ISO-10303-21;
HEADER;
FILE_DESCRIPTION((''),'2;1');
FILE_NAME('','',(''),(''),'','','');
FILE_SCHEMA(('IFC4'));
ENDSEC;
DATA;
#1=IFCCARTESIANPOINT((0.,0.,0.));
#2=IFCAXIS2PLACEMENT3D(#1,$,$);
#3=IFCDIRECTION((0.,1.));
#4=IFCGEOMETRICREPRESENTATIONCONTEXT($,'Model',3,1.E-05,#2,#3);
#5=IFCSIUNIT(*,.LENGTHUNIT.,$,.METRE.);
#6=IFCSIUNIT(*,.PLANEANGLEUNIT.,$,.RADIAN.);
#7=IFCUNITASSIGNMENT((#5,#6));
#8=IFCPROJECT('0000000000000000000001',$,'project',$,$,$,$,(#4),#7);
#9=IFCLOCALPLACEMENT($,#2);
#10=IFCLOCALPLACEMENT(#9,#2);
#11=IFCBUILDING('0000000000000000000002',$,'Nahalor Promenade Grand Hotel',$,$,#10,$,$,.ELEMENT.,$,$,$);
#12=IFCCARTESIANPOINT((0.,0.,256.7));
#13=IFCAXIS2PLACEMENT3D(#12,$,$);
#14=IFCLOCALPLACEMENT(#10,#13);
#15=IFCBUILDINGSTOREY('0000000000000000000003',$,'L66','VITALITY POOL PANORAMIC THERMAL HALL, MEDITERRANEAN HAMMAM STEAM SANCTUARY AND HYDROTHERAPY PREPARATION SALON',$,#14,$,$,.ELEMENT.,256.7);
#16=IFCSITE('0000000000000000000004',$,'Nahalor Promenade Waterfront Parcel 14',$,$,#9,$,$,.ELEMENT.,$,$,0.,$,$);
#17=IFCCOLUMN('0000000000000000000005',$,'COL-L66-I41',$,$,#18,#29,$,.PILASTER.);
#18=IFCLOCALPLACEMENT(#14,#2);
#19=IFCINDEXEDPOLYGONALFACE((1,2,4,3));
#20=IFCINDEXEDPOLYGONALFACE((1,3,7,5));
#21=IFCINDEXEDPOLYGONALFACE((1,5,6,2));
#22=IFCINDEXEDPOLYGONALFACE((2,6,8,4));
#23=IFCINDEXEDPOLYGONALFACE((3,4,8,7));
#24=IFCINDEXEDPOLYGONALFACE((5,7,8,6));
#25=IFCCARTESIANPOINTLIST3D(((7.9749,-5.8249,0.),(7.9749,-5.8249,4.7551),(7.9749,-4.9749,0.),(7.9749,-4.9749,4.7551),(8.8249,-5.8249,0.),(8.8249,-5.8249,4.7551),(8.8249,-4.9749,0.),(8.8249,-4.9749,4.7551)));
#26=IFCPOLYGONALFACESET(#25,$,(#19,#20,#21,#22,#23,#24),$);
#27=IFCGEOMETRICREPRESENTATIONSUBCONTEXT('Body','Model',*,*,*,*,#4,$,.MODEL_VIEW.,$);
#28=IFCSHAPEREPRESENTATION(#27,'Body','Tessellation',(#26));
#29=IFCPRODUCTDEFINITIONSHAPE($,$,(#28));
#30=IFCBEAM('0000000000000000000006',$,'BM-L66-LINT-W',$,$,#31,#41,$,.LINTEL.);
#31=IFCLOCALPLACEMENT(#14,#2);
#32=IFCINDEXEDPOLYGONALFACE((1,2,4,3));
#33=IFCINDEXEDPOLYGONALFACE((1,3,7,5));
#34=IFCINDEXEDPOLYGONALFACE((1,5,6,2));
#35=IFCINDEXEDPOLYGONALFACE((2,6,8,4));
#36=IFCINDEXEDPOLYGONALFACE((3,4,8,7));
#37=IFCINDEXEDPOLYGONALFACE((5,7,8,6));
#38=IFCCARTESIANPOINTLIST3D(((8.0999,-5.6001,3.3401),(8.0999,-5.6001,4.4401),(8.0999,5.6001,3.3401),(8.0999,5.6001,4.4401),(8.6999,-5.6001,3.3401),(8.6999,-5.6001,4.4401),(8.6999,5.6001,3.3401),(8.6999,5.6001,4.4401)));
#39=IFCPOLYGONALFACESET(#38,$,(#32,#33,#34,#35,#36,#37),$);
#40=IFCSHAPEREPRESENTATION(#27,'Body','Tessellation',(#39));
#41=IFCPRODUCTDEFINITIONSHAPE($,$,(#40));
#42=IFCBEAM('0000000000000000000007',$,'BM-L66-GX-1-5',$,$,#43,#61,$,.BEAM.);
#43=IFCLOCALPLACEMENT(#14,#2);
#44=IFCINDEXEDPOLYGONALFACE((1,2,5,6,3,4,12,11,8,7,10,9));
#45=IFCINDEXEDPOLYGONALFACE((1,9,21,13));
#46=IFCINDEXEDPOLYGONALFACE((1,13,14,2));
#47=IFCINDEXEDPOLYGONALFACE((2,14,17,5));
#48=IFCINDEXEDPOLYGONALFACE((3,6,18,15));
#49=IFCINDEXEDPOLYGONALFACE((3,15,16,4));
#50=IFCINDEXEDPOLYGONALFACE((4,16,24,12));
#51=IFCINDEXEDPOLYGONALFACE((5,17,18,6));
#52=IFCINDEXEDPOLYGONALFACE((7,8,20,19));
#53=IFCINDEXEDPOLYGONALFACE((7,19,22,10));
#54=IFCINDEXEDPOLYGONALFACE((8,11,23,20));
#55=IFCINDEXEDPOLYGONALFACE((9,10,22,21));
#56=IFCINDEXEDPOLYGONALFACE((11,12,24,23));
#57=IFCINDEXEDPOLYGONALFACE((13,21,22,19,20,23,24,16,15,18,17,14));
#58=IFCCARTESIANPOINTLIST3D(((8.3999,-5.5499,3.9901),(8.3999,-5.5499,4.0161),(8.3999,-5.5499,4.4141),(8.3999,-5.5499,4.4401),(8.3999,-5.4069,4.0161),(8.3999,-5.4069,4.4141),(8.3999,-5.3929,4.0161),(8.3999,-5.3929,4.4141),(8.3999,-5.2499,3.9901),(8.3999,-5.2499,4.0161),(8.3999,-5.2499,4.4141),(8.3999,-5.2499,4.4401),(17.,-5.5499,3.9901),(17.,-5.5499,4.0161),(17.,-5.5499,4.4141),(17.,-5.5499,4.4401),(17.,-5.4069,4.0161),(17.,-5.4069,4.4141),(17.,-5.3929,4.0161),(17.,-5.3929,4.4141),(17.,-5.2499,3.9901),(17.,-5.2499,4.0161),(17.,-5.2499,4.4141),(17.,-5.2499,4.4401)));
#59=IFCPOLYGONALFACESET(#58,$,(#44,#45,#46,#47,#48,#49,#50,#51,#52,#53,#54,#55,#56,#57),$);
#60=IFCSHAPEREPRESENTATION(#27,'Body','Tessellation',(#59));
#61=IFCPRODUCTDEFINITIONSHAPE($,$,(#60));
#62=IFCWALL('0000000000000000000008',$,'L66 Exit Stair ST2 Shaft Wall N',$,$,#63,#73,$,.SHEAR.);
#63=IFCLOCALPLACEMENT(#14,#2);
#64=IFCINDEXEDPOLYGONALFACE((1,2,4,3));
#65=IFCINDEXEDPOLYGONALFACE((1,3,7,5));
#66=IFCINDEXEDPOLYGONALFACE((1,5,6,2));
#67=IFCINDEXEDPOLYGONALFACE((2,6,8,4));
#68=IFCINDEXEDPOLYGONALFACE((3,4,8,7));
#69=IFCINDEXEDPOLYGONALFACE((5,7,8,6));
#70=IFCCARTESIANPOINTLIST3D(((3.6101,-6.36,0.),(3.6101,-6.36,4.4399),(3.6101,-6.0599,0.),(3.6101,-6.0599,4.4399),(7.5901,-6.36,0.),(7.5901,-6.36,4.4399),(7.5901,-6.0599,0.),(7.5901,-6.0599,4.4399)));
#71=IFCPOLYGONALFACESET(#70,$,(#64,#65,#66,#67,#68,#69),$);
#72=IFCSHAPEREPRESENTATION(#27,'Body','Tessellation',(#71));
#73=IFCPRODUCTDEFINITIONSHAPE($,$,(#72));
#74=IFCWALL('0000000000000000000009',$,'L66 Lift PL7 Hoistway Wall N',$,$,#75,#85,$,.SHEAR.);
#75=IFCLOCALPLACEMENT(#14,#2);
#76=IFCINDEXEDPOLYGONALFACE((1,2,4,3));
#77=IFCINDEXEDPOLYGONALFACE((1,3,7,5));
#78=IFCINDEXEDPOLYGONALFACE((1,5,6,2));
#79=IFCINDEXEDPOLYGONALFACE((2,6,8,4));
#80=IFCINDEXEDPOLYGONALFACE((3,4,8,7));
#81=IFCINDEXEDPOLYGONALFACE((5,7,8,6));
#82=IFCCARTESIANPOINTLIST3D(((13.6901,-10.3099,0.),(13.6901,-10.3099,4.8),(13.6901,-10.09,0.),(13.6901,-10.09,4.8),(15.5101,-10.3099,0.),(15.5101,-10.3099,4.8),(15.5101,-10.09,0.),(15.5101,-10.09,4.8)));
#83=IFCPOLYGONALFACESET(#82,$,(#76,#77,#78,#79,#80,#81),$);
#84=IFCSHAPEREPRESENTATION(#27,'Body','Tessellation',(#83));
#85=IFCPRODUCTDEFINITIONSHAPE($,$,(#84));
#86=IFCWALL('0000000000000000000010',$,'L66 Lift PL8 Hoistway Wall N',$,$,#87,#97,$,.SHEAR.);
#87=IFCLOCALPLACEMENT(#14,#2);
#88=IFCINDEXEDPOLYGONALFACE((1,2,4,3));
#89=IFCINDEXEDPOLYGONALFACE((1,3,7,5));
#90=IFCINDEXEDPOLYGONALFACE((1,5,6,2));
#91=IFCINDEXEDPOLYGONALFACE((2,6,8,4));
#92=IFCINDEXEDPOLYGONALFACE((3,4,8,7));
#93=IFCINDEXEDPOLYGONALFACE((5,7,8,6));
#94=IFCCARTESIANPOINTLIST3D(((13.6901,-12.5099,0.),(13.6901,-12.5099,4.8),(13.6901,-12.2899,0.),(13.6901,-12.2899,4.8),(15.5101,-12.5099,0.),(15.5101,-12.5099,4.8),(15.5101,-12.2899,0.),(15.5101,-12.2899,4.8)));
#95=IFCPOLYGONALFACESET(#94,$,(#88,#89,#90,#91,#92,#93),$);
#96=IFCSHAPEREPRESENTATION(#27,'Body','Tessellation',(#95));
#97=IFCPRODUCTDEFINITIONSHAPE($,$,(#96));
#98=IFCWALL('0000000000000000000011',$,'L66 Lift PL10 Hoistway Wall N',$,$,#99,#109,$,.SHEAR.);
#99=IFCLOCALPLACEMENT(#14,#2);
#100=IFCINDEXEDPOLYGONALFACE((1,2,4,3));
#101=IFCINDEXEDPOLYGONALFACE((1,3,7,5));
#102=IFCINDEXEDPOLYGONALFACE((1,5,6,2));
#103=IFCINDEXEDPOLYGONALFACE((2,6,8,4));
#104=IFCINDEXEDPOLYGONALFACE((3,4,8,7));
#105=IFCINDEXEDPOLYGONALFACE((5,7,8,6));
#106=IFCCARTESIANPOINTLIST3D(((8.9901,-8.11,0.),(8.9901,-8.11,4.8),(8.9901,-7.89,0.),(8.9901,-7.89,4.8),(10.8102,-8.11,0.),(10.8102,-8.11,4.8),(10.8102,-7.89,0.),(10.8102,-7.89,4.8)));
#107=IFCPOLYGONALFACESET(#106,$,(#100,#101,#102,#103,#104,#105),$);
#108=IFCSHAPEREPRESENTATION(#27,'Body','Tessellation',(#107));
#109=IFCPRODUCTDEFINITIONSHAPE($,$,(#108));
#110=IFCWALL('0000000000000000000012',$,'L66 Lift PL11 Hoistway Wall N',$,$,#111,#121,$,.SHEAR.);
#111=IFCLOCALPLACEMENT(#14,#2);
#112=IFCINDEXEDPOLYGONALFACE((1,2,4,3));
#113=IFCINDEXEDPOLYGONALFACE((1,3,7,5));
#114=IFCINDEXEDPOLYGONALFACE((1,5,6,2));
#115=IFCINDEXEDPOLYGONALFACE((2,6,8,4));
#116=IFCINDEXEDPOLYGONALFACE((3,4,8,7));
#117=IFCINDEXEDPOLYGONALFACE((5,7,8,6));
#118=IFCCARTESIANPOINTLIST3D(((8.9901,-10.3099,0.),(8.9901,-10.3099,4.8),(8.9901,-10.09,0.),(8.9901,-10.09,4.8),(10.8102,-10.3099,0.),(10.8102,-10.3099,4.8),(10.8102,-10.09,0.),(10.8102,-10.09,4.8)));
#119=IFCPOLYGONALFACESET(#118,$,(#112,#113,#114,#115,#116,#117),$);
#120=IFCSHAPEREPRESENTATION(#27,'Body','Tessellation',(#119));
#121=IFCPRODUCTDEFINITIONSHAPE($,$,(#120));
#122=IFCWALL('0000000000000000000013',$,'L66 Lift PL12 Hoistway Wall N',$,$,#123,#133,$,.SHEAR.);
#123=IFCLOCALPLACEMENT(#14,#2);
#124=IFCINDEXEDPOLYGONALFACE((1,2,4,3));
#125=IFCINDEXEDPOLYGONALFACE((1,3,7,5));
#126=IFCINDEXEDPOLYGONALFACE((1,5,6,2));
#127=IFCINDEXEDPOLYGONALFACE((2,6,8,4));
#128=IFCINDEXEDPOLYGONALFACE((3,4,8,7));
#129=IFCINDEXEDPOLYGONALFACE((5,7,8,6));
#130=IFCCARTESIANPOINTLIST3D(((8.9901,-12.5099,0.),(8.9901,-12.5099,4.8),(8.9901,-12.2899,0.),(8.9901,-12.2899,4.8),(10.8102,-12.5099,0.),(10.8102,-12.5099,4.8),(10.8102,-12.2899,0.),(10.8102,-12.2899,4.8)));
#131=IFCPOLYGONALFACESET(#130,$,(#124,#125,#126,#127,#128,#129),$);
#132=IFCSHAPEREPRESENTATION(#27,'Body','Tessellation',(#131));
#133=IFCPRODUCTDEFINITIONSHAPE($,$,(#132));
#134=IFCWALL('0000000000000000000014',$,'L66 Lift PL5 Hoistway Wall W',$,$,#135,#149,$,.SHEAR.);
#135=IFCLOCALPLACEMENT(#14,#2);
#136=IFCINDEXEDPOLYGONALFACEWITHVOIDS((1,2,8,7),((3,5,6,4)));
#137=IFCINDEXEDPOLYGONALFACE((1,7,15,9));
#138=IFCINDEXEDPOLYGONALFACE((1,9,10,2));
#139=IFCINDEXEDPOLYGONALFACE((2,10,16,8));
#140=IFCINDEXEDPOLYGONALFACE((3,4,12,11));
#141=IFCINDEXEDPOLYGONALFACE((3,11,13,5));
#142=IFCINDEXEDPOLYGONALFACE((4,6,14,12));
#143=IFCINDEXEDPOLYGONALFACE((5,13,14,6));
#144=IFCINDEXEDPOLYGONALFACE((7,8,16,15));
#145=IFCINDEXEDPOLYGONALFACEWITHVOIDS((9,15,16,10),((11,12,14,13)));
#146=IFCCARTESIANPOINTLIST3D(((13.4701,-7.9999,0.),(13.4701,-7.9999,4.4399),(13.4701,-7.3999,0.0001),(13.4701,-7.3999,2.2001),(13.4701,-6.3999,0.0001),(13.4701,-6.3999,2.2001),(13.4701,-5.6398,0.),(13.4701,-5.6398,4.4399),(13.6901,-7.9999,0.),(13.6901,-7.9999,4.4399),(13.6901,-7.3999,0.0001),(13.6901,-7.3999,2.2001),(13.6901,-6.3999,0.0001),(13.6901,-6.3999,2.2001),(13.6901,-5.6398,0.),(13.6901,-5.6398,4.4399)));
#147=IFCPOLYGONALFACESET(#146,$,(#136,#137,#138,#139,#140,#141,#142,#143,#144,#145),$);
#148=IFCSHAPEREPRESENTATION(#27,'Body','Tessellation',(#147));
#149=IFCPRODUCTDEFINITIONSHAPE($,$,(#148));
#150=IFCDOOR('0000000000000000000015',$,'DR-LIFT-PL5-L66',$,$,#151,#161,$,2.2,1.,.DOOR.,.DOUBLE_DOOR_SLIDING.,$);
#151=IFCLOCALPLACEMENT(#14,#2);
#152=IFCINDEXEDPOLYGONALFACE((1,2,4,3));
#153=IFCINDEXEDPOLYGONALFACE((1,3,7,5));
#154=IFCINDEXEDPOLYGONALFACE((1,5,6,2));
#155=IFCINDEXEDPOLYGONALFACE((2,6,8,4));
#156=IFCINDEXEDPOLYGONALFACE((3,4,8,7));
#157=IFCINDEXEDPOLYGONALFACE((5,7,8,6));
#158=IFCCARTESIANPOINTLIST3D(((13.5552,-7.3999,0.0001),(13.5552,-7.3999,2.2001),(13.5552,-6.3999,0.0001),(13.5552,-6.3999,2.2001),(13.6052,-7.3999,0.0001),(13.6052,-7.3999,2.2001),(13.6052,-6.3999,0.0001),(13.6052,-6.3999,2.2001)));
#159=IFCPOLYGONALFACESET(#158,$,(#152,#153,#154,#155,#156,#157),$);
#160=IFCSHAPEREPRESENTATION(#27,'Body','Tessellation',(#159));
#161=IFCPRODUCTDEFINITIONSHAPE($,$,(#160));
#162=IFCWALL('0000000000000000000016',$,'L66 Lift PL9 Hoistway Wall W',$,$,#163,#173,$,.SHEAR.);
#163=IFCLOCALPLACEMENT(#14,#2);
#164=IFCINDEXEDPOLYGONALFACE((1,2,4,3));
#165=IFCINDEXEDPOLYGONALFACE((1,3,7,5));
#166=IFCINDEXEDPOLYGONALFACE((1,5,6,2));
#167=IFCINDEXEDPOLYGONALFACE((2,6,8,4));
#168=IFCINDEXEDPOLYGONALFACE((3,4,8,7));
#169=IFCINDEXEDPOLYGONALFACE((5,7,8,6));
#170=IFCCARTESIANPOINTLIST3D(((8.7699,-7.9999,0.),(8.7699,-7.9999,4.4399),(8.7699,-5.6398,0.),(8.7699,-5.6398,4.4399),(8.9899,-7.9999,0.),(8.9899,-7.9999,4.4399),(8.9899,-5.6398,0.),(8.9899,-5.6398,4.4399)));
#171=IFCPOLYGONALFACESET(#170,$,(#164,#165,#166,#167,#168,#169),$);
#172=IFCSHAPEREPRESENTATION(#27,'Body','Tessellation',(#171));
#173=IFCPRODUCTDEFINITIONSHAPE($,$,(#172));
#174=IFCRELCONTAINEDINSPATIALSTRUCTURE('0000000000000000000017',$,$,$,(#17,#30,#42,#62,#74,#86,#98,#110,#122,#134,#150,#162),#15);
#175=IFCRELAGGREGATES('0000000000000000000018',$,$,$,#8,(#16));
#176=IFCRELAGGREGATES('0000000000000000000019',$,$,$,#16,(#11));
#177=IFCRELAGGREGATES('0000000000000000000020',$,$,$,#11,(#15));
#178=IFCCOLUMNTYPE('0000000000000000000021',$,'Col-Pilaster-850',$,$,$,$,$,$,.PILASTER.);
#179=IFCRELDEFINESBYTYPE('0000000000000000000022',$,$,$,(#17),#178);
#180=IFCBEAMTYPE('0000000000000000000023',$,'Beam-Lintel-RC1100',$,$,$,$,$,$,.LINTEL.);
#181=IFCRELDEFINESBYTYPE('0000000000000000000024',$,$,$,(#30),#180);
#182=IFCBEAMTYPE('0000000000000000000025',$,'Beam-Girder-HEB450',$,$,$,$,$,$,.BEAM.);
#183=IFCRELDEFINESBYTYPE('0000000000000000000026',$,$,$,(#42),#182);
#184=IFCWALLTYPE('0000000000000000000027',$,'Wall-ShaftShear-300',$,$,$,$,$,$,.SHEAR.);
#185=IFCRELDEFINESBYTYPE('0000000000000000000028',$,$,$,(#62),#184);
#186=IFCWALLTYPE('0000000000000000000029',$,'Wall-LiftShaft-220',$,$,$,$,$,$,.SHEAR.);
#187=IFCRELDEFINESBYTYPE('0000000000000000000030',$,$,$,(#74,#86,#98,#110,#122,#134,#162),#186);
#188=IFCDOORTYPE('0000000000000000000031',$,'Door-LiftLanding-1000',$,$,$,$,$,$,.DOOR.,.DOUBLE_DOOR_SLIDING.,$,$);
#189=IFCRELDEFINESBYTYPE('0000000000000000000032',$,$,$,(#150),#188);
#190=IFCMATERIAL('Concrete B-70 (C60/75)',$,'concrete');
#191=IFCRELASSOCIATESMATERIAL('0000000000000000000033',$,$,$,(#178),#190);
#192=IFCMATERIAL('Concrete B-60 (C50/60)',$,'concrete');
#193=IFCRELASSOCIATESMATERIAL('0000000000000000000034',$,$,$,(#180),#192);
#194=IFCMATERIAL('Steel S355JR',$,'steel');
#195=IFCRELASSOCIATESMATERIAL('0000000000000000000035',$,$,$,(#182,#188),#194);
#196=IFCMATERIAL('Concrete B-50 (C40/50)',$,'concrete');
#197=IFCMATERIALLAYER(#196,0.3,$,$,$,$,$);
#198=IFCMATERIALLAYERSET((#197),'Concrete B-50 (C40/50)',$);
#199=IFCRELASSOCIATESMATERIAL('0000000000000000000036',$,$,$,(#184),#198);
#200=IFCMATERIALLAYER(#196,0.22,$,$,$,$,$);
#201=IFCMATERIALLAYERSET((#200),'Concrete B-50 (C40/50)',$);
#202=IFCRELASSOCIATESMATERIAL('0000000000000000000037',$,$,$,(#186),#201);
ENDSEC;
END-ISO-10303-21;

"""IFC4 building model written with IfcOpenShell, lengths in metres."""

from ifc_helpers import new_model, si_unit, direction, frame, frame_2d, origin, origin_2d, place, context, subcontext, project, spatial, rectangle, i_section, extrude, source, transform, mapped, material, layer, layer_set, material_profile, profile_set, type_object, element, fill, save


model = new_model("IFC4")

# Units and contexts
model_context = context("Model", 3, precision=1e-05, world=origin(), true_north=direction((0.0, 1.0)))
body_context = subcontext(model_context, "Body", "Model", "MODEL_VIEW")
ifc_project = project(units=[si_unit("LENGTHUNIT", "METRE"), si_unit("PLANEANGLEUNIT", "RADIAN")], contexts=[model_context])

# Site, building, storey
site_placement = place(None, origin())
site = spatial("IfcSite", under=ifc_project, at=site_placement, Name="Nahalor Promenade Waterfront Parcel 14", CompositionType="ELEMENT", RefElevation=0.0)
building_placement = place(site_placement, origin())
building = spatial("IfcBuilding", under=site, at=building_placement, Name="Nahalor Promenade Grand Hotel", CompositionType="ELEMENT")
storey_placement = place(building_placement, frame((0.0, 0.0, 256.7)))
storey = spatial("IfcBuildingStorey", under=building, at=storey_placement, Name="L66", Description="VITALITY POOL PANORAMIC THERMAL HALL, MEDITERRANEAN HAMMAM STEAM SANCTUARY AND HYDROTHERAPY PREPARATION SALON", CompositionType="ELEMENT", Elevation=256.7)

# Column
ifc_material_1 = material(Name="Concrete B-70 (C60/75)", Category="concrete")
ifc_material_profile_1 = material_profile(ifc_material_1, rectangle(XDim=0.85, YDim=0.85, at=origin_2d()), Name="RC 850x850")
ifc_profile_set_1 = profile_set([ifc_material_profile_1], Name="Concrete B-70 (C60/75)")
column_type = type_object("IfcColumnType", Name="Col-Pilaster-850", PredefinedType="PILASTER", material=ifc_profile_set_1)
shared_shape_1 = source(origin(), body_context, "Body", "SweptSolid", [
    extrude(rectangle(XDim=0.85, YDim=0.85, at=origin_2d()), origin(), (0.0, 0.0, 1.0), 4.7551),
])
column_placement = place(storey_placement, frame((8.3999, -5.3999, 0.0), z_axis=(0.0, 0.0, 1.0), x_axis=(1.0, 0.0, 0.0)))
element("IfcColumn", 1, at=column_placement, inside=storey, type_object=column_type, Name="COL-L66-I41", PredefinedType="PILASTER", context=body_context, shape_type="MappedRepresentation", body=[
    mapped(shared_shape_1, transform((0.0, 0.0, 0.0), scale=1.0)),
])

# Beams
ifc_material_2 = material(Name="Concrete B-60 (C50/60)", Category="concrete")
ifc_material_profile_2 = material_profile(ifc_material_2, rectangle(XDim=0.6, YDim=1.1, at=origin_2d()), Name="RC 600x1100")
ifc_profile_set_2 = profile_set([ifc_material_profile_2], Name="Concrete B-60 (C50/60)")
beam_type_1 = type_object("IfcBeamType", Name="Beam-Lintel-RC1100", PredefinedType="LINTEL", material=ifc_profile_set_2)
shared_shape_2 = source(origin(), body_context, "Body", "SweptSolid", [
    extrude(rectangle(XDim=0.6, YDim=1.1, at=origin_2d()), origin(), (0.0, 0.0, 1.0), 11.2002),
])
beam_1_placement = place(storey_placement, frame((8.3999, -5.6001, 3.8901), z_axis=(0.0, 1.0, 0.0), x_axis=(-1.0, 0.0, 0.0)))
element("IfcBeam", 2, at=beam_1_placement, inside=storey, type_object=beam_type_1, Name="BM-L66-LINT-W", PredefinedType="LINTEL", context=body_context, shape_type="MappedRepresentation", body=[
    mapped(shared_shape_2, transform((0.0, 0.0, 0.0), scale=1.0)),
])
ifc_material_3 = material(Name="Steel S355JR", Category="steel")
ifc_material_profile_3 = material_profile(ifc_material_3, i_section(OverallWidth=0.3, OverallDepth=0.45, WebThickness=0.014, FlangeThickness=0.026, at=origin_2d()), Name="HEB 450")
ifc_profile_set_3 = profile_set([ifc_material_profile_3], Name="Steel S355JR")
beam_type_2 = type_object("IfcBeamType", Name="Beam-Girder-HEB450", PredefinedType="BEAM", material=ifc_profile_set_3)
shared_shape_3 = source(origin(), body_context, "Body", "SweptSolid", [
    extrude(i_section(OverallWidth=0.3, OverallDepth=0.45, WebThickness=0.014, FlangeThickness=0.026, at=origin_2d()), origin(), (0.0, 0.0, 1.0), 8.6001),
])
beam_2_placement = place(storey_placement, frame((8.3999, -5.3999, 4.2151), z_axis=(1.0, 0.0, 0.0), x_axis=(0.0, 1.0, 0.0)))
element("IfcBeam", 3, at=beam_2_placement, inside=storey, type_object=beam_type_2, Name="BM-L66-GX-1-5", PredefinedType="BEAM", context=body_context, shape_type="MappedRepresentation", body=[
    mapped(shared_shape_3, transform((0.0, 0.0, 0.0), scale=1.0)),
])

# Walls
ifc_material_4 = material(Name="Concrete B-50 (C40/50)", Category="concrete")
ifc_layer_1 = layer(ifc_material_4, 0.3)
ifc_layer_set_1 = layer_set([ifc_layer_1], Name="Concrete B-50 (C40/50)")
wall_type_1 = type_object("IfcWallType", Name="Wall-ShaftShear-300", PredefinedType="SHEAR", material=ifc_layer_set_1)
shared_shape_4 = source(origin(), body_context, "Body", "SweptSolid", [
    extrude(rectangle(XDim=3.98, YDim=0.3, at=frame_2d((1.99, 0.0))), origin(), (0.0, 0.0, 1.0), 4.4399),
])
wall_1_placement = place(storey_placement, frame((3.6101, -6.21, 0.0), z_axis=(0.0, 0.0, 1.0), x_axis=(1.0, 0.0, 0.0)))
element("IfcWall", 4, at=wall_1_placement, inside=storey, type_object=wall_type_1, Name="L66 Exit Stair ST2 Shaft Wall N", PredefinedType="SHEAR", context=body_context, shape_type="MappedRepresentation", body=[
    mapped(shared_shape_4, transform((0.0, 0.0, 0.0), scale=1.0)),
])
ifc_layer_2 = layer(ifc_material_4, 0.22)
ifc_layer_set_2 = layer_set([ifc_layer_2], Name="Concrete B-50 (C40/50)")
wall_type_2 = type_object("IfcWallType", Name="Wall-LiftShaft-220", PredefinedType="SHEAR", material=ifc_layer_set_2)
shared_shape_5 = source(origin(), body_context, "Body", "SweptSolid", [
    extrude(rectangle(XDim=1.8201, YDim=0.22, at=frame_2d((0.9102, 0.0))), origin(), (0.0, 0.0, 1.0), 4.8),
])
for number, where, z_axis, x_axis, name in (
    (5, (13.6899, -10.2, 0.0), (0.0, 0.0, 1.0), (1.0, 0.0, 0.0), "L66 Lift PL7 Hoistway Wall N"),
    (6, (13.6899, -12.3999, 0.0), (0.0, 0.0, 1.0), (1.0, 0.0, 0.0), "L66 Lift PL8 Hoistway Wall N"),
    (7, (8.99, -8.0, 0.0), (0.0, 0.0, 1.0), (1.0, 0.0, 0.0), "L66 Lift PL10 Hoistway Wall N"),
    (8, (8.99, -10.2, 0.0), (0.0, 0.0, 1.0), (1.0, 0.0, 0.0), "L66 Lift PL11 Hoistway Wall N"),
    (9, (8.99, -12.3999, 0.0), (0.0, 0.0, 1.0), (1.0, 0.0, 0.0), "L66 Lift PL12 Hoistway Wall N"),
):
    element("IfcWall", number, at=place(storey_placement, frame(where, z_axis=z_axis, x_axis=x_axis)), inside=storey, type_object=wall_type_2, Name=name, PredefinedType="SHEAR", context=body_context, shape_type="MappedRepresentation", body=[
        mapped(shared_shape_5, transform((0.0, 0.0, 0.0), scale=1.0)),
    ])

# Wall, opening, door
shared_shape_6 = source(origin(), body_context, "Body", "SweptSolid", [
    extrude(rectangle(XDim=2.3601, YDim=0.22, at=frame_2d((1.1802, 0.0))), origin(), (0.0, 0.0, 1.0), 4.4399),
])
wall_2_placement = place(storey_placement, frame((13.5801, -8.0, 0.0), z_axis=(0.0, 0.0, 1.0), x_axis=(0.0, 1.0, 0.0)))
wall_2 = element("IfcWall", 10, at=wall_2_placement, inside=storey, type_object=wall_type_2, Name="L66 Lift PL5 Hoistway Wall W", PredefinedType="SHEAR", context=body_context, shape_type="MappedRepresentation", body=[
    mapped(shared_shape_6, transform((0.0, 0.0, 0.0), scale=1.0)),
])
opening_1_placement = place(wall_2_placement, frame((0.6001, 0.0, 0.0)))
opening_1 = element("IfcOpeningElement", 11, at=opening_1_placement, cuts=wall_2, PredefinedType="OPENING", context=body_context, shape_type="SweptSolid", body=[
    extrude(rectangle(XDim=1.0, YDim=2.2, at=frame_2d((0.5, 1.1001))), frame((0.0, 0.1199, 0.0), z_axis=(0.0, -1.0, 0.0), x_axis=(1.0, 0.0, 0.0)), (0.0, 0.0, 1.0), 0.24),
])
door_type = type_object("IfcDoorType", Name="Door-LiftLanding-1000", OperationType="DOUBLE_DOOR_SLIDING", PredefinedType="DOOR", material=ifc_material_3)
shared_shape_7 = source(origin(), body_context, "Body", "SweptSolid", [
    extrude(rectangle(XDim=1.0, YDim=2.2, at=frame_2d((0.5, 1.1001))), frame((0.0, 0.0249, 0.0), z_axis=(0.0, -1.0, 0.0), x_axis=(1.0, 0.0, 0.0)), (0.0, 0.0, 1.0), 0.05),
])
door_1_placement = place(opening_1_placement, origin())
door_1 = element("IfcDoor", 12, at=door_1_placement, inside=storey, type_object=door_type, Name="DR-LIFT-PL5-L66", OperationType="DOUBLE_DOOR_SLIDING", OverallHeight=2.2, OverallWidth=1.0, PredefinedType="DOOR", context=body_context, shape_type="MappedRepresentation", body=[
    mapped(shared_shape_7, transform((0.0, 0.0, 0.0), scale=1.0)),
])
fill(opening_1, door_1)

# Wall
wall_3_placement = place(storey_placement, frame((8.8799, -8.0, 0.0), z_axis=(0.0, 0.0, 1.0), x_axis=(0.0, 1.0, 0.0)))
element("IfcWall", 13, at=wall_3_placement, inside=storey, type_object=wall_type_2, Name="L66 Lift PL9 Hoistway Wall W", PredefinedType="SHEAR", context=body_context, shape_type="MappedRepresentation", body=[
    mapped(shared_shape_6, transform((0.0, 0.0, 0.0), scale=1.0)),
])

save(model, "model.ifc")
